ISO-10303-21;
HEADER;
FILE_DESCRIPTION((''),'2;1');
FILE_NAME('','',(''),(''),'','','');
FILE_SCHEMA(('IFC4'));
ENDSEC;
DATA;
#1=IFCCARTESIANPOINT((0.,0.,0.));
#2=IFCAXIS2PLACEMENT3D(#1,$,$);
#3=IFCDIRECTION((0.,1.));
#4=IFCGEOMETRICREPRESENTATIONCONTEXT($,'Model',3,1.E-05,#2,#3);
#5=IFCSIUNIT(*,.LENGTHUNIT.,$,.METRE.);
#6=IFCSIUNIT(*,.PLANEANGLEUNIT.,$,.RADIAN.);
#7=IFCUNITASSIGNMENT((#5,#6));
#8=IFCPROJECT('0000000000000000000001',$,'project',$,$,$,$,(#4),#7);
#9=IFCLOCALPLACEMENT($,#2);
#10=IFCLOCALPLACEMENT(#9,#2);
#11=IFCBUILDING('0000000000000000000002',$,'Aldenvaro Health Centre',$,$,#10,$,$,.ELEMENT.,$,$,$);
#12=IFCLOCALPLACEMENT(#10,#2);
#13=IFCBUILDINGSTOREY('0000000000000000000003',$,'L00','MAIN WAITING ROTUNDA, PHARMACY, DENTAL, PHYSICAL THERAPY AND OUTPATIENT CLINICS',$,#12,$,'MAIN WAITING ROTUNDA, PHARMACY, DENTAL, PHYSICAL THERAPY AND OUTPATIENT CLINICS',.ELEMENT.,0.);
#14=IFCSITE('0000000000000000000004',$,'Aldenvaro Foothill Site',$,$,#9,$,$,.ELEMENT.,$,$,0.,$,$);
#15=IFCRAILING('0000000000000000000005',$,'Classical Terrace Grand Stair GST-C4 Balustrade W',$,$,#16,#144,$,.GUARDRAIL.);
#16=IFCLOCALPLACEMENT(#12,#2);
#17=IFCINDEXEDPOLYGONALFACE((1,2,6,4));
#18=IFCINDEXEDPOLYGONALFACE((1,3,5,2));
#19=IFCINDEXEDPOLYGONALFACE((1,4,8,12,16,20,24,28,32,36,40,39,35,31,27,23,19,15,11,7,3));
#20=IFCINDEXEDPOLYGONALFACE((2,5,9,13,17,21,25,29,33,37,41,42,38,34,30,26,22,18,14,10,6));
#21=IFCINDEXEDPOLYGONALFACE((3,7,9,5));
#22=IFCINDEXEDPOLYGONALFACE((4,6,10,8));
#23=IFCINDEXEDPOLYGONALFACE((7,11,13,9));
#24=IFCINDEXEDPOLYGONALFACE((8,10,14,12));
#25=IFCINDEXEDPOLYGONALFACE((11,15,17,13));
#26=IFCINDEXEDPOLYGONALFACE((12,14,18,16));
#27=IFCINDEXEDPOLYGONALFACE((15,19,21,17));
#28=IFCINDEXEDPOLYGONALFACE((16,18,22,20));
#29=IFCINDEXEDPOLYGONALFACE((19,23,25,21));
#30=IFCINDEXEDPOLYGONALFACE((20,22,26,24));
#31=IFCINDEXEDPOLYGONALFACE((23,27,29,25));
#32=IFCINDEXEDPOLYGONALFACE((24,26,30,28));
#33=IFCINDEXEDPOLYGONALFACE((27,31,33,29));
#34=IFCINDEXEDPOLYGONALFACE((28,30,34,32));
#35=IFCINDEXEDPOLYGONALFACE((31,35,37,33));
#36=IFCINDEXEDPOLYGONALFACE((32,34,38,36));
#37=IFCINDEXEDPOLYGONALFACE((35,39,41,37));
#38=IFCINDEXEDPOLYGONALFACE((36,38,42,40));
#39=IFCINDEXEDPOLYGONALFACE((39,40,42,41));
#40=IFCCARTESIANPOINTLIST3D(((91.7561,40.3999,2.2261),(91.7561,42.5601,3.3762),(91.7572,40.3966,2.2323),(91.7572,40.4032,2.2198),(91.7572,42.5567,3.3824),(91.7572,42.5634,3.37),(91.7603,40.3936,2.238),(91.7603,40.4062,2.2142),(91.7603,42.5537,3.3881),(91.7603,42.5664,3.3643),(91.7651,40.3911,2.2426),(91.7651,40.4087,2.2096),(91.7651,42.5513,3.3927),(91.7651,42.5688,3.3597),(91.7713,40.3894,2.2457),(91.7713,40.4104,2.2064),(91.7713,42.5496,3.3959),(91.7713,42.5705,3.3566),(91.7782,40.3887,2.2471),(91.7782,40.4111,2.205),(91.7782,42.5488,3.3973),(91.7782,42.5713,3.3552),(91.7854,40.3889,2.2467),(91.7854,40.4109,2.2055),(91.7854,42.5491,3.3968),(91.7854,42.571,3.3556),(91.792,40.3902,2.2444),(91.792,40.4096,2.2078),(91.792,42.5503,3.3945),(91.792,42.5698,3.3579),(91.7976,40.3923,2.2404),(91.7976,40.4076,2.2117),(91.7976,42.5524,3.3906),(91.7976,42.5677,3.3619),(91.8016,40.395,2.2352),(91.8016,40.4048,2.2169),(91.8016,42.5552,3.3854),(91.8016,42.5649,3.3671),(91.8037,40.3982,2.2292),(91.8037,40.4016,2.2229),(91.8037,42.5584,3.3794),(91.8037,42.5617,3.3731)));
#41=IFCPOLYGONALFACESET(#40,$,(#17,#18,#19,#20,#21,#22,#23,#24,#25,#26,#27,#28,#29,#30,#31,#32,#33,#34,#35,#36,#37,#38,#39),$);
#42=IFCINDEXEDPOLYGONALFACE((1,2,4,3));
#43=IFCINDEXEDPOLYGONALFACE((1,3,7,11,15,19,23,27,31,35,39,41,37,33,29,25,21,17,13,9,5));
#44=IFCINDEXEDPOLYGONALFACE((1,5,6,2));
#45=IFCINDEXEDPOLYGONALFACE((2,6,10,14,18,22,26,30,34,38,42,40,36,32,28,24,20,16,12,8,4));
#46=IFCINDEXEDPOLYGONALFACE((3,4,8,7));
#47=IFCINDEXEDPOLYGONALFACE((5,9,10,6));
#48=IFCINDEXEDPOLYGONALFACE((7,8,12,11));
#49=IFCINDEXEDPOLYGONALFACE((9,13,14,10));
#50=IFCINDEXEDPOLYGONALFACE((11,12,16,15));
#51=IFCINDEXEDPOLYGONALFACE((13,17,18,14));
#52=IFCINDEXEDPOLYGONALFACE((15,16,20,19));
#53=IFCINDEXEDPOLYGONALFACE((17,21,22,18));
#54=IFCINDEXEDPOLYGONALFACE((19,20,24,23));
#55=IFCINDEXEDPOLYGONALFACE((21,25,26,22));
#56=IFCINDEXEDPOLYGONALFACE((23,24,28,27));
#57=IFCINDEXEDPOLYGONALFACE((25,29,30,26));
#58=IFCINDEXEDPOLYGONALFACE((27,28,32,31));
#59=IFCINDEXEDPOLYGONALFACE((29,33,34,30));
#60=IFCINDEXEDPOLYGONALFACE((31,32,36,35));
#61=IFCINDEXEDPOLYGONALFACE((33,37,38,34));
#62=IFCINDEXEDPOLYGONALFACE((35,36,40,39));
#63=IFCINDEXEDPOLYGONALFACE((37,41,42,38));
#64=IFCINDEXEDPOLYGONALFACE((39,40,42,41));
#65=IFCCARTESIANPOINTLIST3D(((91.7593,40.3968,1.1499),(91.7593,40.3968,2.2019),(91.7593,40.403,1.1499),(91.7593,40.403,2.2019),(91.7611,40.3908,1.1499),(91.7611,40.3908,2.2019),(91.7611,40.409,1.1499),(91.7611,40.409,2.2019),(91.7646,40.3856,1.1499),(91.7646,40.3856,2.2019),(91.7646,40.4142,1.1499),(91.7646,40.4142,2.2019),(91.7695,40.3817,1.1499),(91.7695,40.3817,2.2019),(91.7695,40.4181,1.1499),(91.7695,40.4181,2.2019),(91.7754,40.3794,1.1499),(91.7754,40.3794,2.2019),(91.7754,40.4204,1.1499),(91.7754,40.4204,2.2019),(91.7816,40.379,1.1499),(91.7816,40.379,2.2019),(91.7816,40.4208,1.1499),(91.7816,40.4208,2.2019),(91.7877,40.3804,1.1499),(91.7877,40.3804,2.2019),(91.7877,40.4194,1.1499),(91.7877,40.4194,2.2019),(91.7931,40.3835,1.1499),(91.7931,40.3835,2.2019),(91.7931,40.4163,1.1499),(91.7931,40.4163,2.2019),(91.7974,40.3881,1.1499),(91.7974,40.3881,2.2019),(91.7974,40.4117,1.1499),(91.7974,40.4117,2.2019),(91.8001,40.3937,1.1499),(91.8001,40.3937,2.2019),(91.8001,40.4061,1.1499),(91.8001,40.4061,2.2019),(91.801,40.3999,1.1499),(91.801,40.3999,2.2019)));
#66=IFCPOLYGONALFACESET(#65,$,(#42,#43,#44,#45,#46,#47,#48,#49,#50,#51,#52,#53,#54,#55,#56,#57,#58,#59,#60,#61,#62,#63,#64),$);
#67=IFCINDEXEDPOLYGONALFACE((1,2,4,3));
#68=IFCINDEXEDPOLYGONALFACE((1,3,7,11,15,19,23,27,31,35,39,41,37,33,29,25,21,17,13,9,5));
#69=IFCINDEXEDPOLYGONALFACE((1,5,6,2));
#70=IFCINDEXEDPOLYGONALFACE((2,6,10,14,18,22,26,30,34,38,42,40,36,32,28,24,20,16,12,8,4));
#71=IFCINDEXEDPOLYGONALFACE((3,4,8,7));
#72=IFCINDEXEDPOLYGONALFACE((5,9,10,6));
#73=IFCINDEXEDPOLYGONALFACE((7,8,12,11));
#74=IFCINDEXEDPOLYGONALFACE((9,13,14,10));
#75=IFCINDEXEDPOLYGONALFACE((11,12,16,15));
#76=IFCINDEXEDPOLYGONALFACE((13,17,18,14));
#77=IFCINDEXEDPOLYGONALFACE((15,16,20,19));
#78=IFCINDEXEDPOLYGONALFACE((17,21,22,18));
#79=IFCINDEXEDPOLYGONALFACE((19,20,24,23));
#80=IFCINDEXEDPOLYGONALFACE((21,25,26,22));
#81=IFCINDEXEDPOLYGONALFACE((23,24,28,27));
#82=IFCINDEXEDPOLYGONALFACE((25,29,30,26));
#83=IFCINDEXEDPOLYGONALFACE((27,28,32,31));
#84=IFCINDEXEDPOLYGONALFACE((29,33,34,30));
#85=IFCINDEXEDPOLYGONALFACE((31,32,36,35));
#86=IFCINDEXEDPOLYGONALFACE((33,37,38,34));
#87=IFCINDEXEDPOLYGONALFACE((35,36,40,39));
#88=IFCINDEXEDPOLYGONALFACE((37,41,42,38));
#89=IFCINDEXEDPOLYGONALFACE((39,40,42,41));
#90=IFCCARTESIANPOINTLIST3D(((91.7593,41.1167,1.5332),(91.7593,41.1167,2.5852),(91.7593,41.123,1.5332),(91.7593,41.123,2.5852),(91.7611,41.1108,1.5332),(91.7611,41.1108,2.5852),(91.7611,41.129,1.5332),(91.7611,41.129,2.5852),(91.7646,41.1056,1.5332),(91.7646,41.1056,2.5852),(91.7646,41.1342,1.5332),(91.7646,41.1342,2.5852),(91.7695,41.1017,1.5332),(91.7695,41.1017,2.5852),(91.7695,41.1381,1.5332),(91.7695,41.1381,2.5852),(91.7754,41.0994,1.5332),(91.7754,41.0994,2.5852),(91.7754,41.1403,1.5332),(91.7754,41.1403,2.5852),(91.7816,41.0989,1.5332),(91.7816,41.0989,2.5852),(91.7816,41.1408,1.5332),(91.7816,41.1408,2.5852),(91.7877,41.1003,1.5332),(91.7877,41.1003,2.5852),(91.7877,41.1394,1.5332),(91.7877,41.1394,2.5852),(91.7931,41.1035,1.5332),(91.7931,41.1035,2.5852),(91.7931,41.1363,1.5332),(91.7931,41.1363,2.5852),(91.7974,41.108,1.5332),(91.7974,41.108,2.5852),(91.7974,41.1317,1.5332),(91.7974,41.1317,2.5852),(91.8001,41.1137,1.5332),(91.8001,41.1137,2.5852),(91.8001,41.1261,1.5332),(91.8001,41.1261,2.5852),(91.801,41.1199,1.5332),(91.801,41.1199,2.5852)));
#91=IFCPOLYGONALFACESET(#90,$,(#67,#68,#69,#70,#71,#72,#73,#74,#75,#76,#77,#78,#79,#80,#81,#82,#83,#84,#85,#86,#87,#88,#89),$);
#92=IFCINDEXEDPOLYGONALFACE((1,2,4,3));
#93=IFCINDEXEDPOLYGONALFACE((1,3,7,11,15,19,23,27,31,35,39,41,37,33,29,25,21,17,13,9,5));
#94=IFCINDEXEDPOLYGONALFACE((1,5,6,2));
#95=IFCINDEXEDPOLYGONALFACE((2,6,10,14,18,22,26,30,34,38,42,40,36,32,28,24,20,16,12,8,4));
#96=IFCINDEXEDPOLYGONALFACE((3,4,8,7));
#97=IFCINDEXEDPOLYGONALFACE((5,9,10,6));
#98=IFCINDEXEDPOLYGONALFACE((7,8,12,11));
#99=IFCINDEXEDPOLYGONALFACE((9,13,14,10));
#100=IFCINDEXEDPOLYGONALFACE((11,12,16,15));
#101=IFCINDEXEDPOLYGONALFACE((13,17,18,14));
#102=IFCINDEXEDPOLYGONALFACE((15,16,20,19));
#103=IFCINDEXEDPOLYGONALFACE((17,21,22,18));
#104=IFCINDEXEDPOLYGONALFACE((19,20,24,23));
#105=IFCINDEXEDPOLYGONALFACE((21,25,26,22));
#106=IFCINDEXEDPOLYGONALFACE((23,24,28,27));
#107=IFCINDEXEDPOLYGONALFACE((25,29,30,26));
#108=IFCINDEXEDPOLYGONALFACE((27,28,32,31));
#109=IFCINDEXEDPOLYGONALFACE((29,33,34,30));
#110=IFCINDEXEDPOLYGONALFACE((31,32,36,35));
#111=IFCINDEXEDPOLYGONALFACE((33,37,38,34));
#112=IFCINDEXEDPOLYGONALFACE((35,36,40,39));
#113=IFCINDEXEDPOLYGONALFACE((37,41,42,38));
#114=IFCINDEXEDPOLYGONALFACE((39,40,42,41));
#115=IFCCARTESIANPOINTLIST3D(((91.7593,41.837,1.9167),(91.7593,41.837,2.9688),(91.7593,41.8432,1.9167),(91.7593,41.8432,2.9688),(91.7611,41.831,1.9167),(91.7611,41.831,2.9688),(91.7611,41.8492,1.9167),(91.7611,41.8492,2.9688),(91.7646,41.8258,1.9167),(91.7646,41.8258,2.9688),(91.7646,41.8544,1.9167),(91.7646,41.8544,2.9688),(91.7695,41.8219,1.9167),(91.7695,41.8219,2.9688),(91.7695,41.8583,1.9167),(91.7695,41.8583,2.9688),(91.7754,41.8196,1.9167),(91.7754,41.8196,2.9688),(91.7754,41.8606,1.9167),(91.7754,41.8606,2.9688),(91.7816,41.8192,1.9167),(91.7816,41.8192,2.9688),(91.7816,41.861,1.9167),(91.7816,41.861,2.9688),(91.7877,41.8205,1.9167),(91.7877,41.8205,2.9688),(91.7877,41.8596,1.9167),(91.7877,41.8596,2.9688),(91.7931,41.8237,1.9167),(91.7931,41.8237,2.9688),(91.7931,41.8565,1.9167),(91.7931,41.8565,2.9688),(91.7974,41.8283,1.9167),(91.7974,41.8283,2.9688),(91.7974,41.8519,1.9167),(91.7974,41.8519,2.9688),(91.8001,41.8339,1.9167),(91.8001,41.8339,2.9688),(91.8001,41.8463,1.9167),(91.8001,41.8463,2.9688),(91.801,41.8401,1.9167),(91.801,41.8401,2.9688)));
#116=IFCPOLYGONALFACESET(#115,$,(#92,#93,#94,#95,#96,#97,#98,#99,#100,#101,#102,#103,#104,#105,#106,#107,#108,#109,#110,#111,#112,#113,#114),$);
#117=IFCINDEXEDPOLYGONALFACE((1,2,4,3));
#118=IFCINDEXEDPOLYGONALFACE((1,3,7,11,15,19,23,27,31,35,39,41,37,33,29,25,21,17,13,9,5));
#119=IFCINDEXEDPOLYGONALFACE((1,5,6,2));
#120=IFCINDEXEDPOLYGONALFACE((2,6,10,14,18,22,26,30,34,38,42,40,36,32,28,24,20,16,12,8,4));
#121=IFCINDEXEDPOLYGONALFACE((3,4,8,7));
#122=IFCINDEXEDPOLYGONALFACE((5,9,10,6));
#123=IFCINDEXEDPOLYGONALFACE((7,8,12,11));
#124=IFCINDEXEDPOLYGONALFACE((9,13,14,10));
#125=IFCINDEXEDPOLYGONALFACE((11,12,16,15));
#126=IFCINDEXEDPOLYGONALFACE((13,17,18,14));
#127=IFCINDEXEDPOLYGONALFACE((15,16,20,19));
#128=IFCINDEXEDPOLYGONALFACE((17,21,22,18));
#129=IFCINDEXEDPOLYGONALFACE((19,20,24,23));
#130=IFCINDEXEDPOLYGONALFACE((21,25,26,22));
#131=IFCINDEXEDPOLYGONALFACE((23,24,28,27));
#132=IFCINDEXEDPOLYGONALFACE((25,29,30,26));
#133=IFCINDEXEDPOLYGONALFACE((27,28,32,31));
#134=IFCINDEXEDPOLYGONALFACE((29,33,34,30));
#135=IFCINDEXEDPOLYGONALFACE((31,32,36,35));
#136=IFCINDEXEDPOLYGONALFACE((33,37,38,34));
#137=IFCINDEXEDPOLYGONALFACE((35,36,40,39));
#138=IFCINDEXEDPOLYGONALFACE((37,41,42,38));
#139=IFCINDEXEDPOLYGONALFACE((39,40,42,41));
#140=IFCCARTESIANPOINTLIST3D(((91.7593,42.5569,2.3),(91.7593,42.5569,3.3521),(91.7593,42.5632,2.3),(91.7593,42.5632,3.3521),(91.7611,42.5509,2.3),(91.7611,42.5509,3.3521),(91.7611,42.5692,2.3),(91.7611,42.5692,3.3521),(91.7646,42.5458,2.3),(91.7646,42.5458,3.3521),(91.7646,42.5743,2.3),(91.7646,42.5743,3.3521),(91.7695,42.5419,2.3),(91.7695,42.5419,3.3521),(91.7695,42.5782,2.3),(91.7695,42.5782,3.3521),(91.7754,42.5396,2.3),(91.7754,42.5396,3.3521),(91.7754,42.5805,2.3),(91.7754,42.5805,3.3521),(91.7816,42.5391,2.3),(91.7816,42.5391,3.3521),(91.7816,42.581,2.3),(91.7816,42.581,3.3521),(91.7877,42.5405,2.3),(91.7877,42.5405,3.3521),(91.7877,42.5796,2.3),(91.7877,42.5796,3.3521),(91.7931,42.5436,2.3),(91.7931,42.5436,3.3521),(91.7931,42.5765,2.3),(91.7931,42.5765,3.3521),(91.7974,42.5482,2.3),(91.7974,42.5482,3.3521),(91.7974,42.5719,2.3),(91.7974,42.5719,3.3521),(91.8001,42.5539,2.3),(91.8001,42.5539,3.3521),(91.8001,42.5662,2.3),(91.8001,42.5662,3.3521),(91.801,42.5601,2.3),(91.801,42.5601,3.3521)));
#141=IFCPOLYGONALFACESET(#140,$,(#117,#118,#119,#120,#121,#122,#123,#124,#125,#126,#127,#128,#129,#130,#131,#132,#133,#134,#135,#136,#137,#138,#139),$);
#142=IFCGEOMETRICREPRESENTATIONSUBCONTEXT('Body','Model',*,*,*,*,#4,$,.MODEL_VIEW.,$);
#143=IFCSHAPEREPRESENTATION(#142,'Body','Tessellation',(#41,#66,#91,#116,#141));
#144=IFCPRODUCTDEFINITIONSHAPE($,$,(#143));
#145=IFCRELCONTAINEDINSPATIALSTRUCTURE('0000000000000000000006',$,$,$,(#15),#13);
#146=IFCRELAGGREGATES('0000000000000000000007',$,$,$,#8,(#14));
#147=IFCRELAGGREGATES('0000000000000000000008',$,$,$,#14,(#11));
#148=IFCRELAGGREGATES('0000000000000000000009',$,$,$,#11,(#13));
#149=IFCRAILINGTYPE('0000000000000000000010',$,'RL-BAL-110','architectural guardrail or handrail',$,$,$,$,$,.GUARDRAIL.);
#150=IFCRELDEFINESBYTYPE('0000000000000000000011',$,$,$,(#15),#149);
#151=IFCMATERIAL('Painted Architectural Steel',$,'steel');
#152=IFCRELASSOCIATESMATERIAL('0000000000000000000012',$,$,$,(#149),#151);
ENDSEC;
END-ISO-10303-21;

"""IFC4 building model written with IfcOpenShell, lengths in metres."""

from ifc_helpers import new_model, si_unit, direction, frame, origin, origin_2d, place, context, subcontext, project, spatial, circle, extrude, material, type_object, element, save


model = new_model("IFC4")

# Units and contexts
model_context = context("Model", 3, precision=1e-05, world=origin(), true_north=direction((0.0, 1.0)))
body_context = subcontext(model_context, "Body", "Model", "MODEL_VIEW")
ifc_project = project(units=[si_unit("LENGTHUNIT", "METRE"), si_unit("PLANEANGLEUNIT", "RADIAN")], contexts=[model_context])

# Site, building, storey
site_placement = place(None, origin())
site = spatial("IfcSite", under=ifc_project, at=site_placement, Name="Aldenvaro Foothill Site", CompositionType="ELEMENT", RefElevation=0.0)
building_placement = place(site_placement, origin())
building = spatial("IfcBuilding", under=site, at=building_placement, Name="Aldenvaro Health Centre", CompositionType="ELEMENT")
storey_placement = place(building_placement, origin())
storey = spatial("IfcBuildingStorey", under=building, at=storey_placement, Name="L00", Description="MAIN WAITING ROTUNDA, PHARMACY, DENTAL, PHYSICAL THERAPY AND OUTPATIENT CLINICS", LongName="MAIN WAITING ROTUNDA, PHARMACY, DENTAL, PHYSICAL THERAPY AND OUTPATIENT CLINICS", CompositionType="ELEMENT", Elevation=0.0)

# Railing
ifc_material_1 = material(Name="Painted Architectural Steel", Category="steel")
railing_type_1 = type_object("IfcRailingType", Name="RL-BAL-110", Description="architectural guardrail or handrail", PredefinedType="GUARDRAIL", material=ifc_material_1)
for number, where, name in (
    (1, (91.78, 40.3999, 1.1499), "Classical Terrace Grand Stair GST-C4 Balustrade W"),
):
    element("IfcRailing", number, at=place(storey_placement, frame(where)), inside=storey, type_object=railing_type_1, Name=name, PredefinedType="GUARDRAIL", context=body_context, shape_type="SweptSolid", body=[
        extrude(circle(Radius=0.0239, at=origin_2d()), frame((0.0, 0.0, 1.0762), z_axis=(0.0, 0.882681, 0.469972), x_axis=(-1.0, 0.0, 0.0)), (0.0, 0.0, 1.0), 2.4473),
        extrude(circle(Radius=0.021, at=origin_2d()), origin(), (0.0, 0.0, 1.0), 1.052),
        extrude(circle(Radius=0.021, at=origin_2d()), frame((0.0, 0.72, 0.3833)), (0.0, 0.0, 1.0), 1.052),
        extrude(circle(Radius=0.021, at=origin_2d()), frame((0.0, 1.4402, 0.7668)), (0.0, 0.0, 1.0), 1.052),
        extrude(circle(Radius=0.021, at=origin_2d()), frame((0.0, 2.1602, 1.1501)), (0.0, 0.0, 1.0), 1.052),
    ])

save(model, "model.ifc")
